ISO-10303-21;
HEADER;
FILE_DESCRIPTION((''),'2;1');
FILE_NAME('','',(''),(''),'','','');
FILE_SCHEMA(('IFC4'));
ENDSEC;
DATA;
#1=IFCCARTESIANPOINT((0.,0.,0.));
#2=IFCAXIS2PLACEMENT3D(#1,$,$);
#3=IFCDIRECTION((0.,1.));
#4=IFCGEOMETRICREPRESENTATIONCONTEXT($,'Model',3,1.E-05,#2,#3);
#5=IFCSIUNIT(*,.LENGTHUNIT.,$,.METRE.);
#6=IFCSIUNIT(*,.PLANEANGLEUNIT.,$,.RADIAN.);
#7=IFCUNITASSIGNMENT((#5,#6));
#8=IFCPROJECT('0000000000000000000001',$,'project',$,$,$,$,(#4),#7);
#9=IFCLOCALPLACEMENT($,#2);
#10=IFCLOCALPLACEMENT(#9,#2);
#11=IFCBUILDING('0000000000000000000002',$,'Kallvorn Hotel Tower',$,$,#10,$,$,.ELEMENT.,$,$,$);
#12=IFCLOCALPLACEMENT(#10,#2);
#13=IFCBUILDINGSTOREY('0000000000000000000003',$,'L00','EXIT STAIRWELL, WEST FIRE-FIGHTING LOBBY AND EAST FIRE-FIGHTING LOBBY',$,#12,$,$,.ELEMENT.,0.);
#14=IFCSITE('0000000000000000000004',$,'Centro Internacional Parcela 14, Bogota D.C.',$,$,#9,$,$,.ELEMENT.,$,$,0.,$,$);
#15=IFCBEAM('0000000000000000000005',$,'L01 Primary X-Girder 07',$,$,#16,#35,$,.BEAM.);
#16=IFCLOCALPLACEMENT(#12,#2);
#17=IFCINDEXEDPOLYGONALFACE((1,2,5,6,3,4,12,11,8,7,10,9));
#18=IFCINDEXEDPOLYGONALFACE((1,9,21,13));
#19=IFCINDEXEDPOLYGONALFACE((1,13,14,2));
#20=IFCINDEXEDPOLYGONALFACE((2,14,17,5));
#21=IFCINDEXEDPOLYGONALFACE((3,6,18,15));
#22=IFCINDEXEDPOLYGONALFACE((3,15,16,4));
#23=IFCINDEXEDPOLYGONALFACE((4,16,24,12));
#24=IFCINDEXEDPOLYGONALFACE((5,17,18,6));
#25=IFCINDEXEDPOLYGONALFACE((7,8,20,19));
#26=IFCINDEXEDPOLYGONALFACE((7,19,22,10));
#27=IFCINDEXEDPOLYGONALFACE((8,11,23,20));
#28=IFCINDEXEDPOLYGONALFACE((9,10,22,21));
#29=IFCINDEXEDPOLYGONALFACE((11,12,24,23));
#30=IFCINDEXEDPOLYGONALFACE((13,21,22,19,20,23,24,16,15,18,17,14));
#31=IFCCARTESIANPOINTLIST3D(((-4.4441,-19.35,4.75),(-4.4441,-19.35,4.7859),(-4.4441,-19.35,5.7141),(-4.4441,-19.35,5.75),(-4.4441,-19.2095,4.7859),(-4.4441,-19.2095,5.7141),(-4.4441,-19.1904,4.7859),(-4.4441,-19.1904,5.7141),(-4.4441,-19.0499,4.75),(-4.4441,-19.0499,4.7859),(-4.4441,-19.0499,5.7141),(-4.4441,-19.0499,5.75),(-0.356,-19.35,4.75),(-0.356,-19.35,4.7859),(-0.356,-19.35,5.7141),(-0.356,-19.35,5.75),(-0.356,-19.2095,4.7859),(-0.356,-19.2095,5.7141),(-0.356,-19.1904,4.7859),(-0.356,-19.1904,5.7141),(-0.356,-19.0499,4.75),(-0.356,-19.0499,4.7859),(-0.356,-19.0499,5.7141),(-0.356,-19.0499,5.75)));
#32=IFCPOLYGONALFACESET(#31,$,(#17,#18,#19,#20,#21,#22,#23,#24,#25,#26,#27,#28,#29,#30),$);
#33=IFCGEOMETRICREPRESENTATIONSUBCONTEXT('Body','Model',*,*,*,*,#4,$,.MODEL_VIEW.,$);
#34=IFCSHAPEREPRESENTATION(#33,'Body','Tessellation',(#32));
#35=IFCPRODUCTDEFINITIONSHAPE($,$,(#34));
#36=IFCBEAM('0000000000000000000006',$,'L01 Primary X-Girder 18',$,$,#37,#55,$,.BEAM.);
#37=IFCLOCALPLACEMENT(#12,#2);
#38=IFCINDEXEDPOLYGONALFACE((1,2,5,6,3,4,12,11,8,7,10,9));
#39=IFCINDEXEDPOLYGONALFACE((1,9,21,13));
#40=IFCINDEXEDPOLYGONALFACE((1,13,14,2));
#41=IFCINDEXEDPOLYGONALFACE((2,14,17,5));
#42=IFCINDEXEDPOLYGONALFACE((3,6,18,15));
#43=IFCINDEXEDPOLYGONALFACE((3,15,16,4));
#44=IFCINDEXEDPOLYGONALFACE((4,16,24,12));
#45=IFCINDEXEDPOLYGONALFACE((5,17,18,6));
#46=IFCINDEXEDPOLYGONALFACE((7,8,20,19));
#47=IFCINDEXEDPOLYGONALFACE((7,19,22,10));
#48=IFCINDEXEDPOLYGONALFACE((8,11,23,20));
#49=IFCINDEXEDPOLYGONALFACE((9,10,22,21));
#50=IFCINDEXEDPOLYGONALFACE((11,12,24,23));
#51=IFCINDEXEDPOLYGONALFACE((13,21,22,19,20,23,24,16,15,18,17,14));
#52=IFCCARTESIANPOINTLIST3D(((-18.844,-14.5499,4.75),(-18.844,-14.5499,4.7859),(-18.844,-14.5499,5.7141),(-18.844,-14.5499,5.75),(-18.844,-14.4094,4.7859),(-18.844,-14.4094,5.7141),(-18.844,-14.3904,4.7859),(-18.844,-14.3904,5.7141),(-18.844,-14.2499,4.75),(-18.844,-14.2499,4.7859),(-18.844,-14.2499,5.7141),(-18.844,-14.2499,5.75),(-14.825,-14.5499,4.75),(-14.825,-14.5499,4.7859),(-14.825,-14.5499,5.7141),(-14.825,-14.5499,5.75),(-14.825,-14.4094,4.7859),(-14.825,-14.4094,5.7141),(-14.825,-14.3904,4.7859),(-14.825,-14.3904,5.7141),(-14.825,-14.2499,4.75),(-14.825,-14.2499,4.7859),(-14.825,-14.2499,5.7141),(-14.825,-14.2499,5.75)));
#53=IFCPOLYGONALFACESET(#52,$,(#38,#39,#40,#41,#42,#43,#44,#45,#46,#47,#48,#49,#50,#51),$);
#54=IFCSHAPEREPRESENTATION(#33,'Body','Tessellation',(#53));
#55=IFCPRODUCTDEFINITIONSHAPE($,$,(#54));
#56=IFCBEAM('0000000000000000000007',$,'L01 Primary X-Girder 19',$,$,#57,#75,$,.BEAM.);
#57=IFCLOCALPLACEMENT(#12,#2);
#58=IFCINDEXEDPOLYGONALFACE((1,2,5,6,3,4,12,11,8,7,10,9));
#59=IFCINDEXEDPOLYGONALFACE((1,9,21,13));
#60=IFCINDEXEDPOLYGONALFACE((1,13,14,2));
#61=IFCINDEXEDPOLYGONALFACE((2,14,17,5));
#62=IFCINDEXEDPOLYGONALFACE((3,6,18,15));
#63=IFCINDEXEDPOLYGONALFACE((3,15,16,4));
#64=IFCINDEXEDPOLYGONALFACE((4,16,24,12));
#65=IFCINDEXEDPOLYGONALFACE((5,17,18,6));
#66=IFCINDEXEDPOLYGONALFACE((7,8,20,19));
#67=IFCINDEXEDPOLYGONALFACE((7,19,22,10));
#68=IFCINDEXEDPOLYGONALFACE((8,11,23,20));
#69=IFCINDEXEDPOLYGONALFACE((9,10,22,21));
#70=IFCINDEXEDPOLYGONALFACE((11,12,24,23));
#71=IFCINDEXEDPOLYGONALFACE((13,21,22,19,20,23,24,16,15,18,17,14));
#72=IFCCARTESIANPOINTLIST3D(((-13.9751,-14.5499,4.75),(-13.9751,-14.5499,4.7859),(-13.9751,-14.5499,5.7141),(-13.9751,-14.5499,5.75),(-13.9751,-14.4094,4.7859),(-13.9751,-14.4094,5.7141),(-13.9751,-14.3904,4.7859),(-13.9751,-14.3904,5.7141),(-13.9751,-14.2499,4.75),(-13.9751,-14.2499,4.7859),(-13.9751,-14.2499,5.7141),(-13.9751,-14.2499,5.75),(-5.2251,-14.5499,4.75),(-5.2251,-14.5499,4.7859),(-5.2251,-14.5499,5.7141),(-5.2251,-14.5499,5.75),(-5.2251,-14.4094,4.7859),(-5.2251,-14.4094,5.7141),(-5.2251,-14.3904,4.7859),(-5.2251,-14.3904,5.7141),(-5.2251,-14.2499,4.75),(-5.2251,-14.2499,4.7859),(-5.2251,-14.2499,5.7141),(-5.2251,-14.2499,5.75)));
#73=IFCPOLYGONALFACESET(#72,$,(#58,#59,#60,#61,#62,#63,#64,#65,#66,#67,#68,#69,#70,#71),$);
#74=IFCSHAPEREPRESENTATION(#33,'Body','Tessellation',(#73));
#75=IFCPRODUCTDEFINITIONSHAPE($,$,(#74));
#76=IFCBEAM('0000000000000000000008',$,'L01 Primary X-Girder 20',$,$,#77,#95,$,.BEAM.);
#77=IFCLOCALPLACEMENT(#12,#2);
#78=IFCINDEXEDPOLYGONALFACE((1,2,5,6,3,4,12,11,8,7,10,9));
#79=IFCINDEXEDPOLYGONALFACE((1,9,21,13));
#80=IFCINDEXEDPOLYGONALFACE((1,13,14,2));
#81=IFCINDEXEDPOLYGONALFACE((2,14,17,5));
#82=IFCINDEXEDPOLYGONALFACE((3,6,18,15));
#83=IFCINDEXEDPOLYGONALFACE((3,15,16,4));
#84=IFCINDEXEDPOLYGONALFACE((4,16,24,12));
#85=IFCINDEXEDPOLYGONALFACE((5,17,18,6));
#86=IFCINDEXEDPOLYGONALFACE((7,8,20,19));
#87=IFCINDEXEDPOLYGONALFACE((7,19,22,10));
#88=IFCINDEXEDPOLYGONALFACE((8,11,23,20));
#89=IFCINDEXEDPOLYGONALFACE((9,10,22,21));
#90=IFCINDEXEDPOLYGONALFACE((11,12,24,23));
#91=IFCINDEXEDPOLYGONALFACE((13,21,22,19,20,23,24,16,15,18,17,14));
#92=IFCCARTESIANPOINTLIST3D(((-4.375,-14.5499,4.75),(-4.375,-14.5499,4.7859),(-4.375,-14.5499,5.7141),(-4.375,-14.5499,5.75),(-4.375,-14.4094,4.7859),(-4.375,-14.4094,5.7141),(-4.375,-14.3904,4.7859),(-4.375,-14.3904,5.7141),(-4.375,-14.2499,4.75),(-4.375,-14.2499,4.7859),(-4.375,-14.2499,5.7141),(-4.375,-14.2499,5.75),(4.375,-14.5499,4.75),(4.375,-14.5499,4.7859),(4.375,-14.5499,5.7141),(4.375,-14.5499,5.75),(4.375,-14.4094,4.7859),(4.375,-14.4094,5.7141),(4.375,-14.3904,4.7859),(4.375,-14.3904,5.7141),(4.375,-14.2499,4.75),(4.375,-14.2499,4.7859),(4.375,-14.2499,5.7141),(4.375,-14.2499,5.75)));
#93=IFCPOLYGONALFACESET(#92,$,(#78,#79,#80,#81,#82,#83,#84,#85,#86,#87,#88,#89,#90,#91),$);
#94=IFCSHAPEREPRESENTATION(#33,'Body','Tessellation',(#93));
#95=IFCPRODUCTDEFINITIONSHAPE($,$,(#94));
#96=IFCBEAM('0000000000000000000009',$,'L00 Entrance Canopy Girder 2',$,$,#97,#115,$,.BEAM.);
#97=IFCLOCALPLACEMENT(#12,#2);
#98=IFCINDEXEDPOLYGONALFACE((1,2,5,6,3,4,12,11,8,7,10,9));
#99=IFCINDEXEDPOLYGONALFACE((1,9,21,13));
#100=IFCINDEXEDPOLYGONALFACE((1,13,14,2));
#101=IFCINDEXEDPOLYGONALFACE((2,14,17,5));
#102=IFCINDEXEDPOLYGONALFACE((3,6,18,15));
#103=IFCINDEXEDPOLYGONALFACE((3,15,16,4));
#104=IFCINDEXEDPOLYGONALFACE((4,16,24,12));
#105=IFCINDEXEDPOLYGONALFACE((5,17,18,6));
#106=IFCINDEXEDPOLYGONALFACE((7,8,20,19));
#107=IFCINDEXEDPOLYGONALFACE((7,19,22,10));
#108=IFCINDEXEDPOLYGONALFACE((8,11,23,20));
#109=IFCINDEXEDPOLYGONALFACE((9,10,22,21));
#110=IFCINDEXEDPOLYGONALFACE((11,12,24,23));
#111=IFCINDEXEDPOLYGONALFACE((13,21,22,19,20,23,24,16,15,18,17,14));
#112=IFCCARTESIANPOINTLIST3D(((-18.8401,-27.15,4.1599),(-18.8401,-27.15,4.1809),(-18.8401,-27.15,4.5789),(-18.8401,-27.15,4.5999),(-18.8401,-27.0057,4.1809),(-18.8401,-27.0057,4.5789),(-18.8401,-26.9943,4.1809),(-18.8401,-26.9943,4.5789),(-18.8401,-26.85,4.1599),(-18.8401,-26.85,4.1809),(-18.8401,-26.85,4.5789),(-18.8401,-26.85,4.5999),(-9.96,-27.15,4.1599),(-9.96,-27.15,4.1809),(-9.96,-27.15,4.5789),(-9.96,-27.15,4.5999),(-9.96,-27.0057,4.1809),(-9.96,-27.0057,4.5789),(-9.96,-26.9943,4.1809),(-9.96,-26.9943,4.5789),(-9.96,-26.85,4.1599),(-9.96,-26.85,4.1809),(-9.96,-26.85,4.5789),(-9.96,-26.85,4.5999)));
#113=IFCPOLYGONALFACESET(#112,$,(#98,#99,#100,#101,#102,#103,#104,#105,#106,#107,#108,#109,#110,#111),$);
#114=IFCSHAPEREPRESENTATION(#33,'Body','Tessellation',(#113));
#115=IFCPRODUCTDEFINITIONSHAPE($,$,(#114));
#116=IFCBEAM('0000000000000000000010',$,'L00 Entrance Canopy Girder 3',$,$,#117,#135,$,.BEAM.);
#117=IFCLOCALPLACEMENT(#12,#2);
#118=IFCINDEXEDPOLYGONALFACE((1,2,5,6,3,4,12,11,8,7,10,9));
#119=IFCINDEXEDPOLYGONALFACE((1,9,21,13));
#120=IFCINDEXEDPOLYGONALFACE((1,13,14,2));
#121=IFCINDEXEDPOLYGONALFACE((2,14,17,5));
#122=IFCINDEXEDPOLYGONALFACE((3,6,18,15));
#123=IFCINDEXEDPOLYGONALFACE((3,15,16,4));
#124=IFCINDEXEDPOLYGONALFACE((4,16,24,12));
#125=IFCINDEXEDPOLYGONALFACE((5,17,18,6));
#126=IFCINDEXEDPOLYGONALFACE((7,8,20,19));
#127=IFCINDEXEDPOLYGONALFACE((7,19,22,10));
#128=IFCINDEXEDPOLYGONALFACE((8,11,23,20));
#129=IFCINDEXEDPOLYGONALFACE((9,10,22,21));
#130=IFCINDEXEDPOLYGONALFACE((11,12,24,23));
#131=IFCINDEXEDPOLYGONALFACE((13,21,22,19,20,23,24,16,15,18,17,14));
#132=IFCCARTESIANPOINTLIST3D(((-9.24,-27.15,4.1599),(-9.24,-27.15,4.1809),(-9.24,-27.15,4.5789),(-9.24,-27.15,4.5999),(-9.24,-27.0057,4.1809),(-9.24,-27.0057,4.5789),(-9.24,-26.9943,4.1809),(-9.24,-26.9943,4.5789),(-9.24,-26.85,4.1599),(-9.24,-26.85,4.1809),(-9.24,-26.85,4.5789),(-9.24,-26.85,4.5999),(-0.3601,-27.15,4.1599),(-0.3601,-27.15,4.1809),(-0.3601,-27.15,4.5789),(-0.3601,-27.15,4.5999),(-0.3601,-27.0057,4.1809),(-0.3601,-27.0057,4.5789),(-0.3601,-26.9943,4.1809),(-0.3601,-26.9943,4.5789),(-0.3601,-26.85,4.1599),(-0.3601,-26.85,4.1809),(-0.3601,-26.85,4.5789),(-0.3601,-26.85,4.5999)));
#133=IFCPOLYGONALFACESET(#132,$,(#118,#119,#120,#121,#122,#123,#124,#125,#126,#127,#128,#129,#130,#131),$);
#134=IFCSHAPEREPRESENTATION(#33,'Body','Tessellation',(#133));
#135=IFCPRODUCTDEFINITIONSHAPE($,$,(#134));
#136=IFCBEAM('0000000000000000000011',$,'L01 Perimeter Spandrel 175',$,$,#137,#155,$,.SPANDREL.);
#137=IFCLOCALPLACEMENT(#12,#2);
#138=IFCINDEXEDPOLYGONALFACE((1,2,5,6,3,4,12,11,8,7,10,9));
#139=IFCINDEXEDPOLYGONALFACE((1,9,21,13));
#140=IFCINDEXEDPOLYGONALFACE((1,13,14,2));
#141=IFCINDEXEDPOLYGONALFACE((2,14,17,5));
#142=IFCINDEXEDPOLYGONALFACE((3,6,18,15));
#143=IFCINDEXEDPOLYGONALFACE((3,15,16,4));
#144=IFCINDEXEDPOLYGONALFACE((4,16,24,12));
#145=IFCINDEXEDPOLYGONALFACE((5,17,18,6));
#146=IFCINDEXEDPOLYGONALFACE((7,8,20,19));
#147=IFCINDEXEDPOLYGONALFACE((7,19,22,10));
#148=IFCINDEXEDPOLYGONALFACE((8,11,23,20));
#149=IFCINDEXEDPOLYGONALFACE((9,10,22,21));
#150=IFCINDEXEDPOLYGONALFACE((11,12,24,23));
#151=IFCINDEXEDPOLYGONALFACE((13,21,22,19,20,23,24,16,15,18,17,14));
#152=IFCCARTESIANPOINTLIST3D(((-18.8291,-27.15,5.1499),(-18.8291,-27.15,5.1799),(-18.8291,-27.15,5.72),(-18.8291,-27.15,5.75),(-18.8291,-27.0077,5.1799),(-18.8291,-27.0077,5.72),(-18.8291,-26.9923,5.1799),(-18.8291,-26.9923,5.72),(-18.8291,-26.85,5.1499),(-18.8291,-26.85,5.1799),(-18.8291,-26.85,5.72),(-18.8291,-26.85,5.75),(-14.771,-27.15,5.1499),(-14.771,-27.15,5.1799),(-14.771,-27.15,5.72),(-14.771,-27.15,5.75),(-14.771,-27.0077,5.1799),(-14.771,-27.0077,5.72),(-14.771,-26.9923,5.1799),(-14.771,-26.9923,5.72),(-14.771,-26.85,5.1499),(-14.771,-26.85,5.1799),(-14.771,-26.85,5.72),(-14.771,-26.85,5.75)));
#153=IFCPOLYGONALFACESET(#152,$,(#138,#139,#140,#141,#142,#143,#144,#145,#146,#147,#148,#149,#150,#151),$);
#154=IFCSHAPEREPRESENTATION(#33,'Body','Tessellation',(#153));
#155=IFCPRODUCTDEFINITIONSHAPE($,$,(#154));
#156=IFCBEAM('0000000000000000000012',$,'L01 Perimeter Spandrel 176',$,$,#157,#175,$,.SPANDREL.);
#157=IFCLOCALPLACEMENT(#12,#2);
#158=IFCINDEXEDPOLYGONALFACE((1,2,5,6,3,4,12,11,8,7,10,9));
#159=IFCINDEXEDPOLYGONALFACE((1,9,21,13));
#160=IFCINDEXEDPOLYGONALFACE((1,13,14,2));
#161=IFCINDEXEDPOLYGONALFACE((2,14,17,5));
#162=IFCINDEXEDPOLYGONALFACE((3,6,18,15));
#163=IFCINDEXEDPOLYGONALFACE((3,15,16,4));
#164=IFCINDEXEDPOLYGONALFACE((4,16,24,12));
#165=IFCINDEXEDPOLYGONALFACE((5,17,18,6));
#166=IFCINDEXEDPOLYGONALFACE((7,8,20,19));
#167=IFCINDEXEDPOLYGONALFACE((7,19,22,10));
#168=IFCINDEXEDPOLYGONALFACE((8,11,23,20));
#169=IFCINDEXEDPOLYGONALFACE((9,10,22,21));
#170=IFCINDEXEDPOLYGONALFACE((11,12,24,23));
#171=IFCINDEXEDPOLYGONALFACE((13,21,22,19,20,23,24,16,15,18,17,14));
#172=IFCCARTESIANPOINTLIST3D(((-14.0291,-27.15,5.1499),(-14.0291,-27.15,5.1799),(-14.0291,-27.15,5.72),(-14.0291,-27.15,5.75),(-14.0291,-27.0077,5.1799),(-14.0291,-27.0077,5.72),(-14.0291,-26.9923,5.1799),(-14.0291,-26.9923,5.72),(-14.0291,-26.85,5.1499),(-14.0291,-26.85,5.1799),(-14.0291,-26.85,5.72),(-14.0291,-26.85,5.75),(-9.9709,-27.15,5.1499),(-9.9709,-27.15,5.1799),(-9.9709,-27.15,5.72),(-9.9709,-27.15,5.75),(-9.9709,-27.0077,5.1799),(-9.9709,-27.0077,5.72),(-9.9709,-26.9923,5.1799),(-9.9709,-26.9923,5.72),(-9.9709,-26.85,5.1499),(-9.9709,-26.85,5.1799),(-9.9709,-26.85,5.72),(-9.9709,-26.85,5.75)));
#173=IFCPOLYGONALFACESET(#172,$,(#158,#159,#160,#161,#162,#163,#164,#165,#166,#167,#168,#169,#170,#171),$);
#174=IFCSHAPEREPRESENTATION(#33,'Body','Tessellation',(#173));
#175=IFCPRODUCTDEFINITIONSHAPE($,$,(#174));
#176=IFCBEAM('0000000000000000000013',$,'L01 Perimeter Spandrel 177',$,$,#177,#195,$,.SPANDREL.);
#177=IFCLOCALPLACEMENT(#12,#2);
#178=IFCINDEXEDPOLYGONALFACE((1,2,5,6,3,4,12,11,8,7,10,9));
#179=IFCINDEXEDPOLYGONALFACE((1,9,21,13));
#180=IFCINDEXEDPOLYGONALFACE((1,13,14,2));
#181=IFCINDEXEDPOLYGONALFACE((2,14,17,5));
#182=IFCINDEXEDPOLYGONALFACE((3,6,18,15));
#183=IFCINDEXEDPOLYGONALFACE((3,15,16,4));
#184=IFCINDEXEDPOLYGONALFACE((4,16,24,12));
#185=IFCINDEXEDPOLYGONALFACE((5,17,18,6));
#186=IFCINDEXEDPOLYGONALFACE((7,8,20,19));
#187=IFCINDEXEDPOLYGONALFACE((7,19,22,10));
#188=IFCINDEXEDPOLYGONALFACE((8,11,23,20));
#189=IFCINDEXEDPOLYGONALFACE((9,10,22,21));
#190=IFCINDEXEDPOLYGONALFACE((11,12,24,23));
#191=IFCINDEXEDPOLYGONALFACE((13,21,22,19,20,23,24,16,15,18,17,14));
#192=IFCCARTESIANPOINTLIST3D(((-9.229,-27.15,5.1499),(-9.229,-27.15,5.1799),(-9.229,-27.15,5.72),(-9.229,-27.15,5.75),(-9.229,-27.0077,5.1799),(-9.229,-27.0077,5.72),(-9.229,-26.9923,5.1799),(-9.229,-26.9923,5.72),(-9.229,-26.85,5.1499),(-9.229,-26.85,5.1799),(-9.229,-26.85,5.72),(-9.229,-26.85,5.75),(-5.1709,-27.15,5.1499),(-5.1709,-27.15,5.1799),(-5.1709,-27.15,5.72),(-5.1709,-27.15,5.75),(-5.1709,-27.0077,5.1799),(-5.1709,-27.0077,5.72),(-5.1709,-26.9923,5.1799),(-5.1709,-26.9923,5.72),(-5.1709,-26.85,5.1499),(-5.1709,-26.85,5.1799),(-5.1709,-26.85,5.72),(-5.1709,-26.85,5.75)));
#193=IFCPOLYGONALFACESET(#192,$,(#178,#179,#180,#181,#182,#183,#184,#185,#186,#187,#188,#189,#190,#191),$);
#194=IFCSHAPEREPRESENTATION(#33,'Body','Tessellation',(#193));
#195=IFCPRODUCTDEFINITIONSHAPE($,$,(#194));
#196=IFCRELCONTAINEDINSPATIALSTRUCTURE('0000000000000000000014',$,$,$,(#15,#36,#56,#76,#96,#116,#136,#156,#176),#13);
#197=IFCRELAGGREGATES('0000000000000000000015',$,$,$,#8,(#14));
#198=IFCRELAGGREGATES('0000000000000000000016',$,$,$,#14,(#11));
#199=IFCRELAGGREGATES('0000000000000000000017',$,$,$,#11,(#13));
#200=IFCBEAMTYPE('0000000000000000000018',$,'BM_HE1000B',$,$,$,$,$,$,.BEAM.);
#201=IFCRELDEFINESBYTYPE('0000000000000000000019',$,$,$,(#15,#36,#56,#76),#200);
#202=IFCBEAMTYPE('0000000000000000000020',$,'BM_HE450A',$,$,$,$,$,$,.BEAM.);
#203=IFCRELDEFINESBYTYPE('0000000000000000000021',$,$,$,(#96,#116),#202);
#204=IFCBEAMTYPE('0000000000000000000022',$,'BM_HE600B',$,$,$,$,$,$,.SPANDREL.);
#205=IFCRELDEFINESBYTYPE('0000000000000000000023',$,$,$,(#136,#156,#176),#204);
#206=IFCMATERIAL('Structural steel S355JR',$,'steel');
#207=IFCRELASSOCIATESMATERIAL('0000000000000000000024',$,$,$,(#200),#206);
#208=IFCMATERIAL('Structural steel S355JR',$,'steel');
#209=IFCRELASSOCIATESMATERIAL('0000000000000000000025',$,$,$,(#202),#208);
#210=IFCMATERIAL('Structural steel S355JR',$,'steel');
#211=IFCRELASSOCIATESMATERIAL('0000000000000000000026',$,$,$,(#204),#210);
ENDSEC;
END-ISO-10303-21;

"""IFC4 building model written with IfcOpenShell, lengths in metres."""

from ifc_helpers import new_model, si_unit, direction, frame, origin, origin_2d, place, context, subcontext, project, spatial, i_section, extrude, material, material_profile, profile_set, type_object, element, save


model = new_model("IFC4")

# Units and contexts
model_context = context("Model", 3, precision=1e-05, world=origin(), true_north=direction((0.0, 1.0)))
body_context = subcontext(model_context, "Body", "Model", "MODEL_VIEW")
ifc_project = project(units=[si_unit("LENGTHUNIT", "METRE"), si_unit("PLANEANGLEUNIT", "RADIAN")], contexts=[model_context])

# Site, building, storey
site_placement = place(None, origin())
site = spatial("IfcSite", under=ifc_project, at=site_placement, Name="Centro Internacional Parcela 14, Bogota D.C.", CompositionType="ELEMENT", RefElevation=0.0)
building_placement = place(site_placement, origin())
building = spatial("IfcBuilding", under=site, at=building_placement, Name="Kallvorn Hotel Tower", CompositionType="ELEMENT")
storey_placement = place(building_placement, origin())
storey = spatial("IfcBuildingStorey", under=building, at=storey_placement, Name="L00", Description="EXIT STAIRWELL, WEST FIRE-FIGHTING LOBBY AND EAST FIRE-FIGHTING LOBBY", CompositionType="ELEMENT", Elevation=0.0)

# Beams
ifc_material_1 = material(Name="Structural steel S355JR", Category="steel")
ifc_material_profile_1 = material_profile(ifc_material_1, i_section(OverallWidth=0.3, OverallDepth=1.0, WebThickness=0.019, FlangeThickness=0.0359, at=origin_2d()), Name="HE 1000 B")
ifc_profile_set_1 = profile_set([ifc_material_profile_1], Name="Structural steel S355JR")
beam_type_1 = type_object("IfcBeamType", Name="BM_HE1000B", PredefinedType="BEAM", material=ifc_profile_set_1)
beam_1_placement = place(storey_placement, frame((-4.4441, -19.2, 5.25), z_axis=(1.0, 0.0, 0.0), x_axis=(0.0, 1.0, 0.0)))
element("IfcBeam", 1, at=beam_1_placement, inside=storey, type_object=beam_type_1, Name="L01 Primary X-Girder 07", PredefinedType="BEAM", context=body_context, shape_type="SweptSolid", body=[
    extrude(i_section(OverallWidth=0.3, OverallDepth=1.0, WebThickness=0.019, FlangeThickness=0.0359, at=origin_2d()), origin(), (0.0, 0.0, 1.0), 4.0881),
])
beam_2_placement = place(storey_placement, frame((-18.844, -14.3999, 5.25), z_axis=(1.0, 0.0, 0.0), x_axis=(0.0, 1.0, 0.0)))
element("IfcBeam", 2, at=beam_2_placement, inside=storey, type_object=beam_type_1, Name="L01 Primary X-Girder 18", PredefinedType="BEAM", context=body_context, shape_type="SweptSolid", body=[
    extrude(i_section(OverallWidth=0.3, OverallDepth=1.0, WebThickness=0.019, FlangeThickness=0.0359, at=origin_2d()), origin(), (0.0, 0.0, 1.0), 4.019),
])
for number, where, z_axis, x_axis, name in (
    (3, (-13.9751, -14.3999, 5.25), (1.0, 0.0, 0.0), (0.0, 1.0, 0.0), "L01 Primary X-Girder 19"),
    (4, (-4.375, -14.3999, 5.25), (1.0, 0.0, 0.0), (0.0, 1.0, 0.0), "L01 Primary X-Girder 20"),
):
    element("IfcBeam", number, at=place(storey_placement, frame(where, z_axis=z_axis, x_axis=x_axis)), inside=storey, type_object=beam_type_1, Name=name, PredefinedType="BEAM", context=body_context, shape_type="SweptSolid", body=[
        extrude(i_section(OverallWidth=0.3, OverallDepth=1.0, WebThickness=0.019, FlangeThickness=0.0359, at=origin_2d()), origin(), (0.0, 0.0, 1.0), 8.75),
    ])
ifc_material_2 = material(Name="Structural steel S355JR", Category="steel")
ifc_material_profile_2 = material_profile(ifc_material_2, i_section(OverallWidth=0.3, OverallDepth=0.4399, WebThickness=0.0115, FlangeThickness=0.021, at=origin_2d()), Name="HE 450 A")
ifc_profile_set_2 = profile_set([ifc_material_profile_2], Name="Structural steel S355JR")
beam_type_2 = type_object("IfcBeamType", Name="BM_HE450A", PredefinedType="BEAM", material=ifc_profile_set_2)
beam_3_placement = place(storey_placement, frame((-18.8401, -27.0, 4.3799), z_axis=(1.0, 0.0, 0.0), x_axis=(0.0, 1.0, 0.0)))
element("IfcBeam", 5, at=beam_3_placement, inside=storey, type_object=beam_type_2, Name="L00 Entrance Canopy Girder 2", PredefinedType="BEAM", context=body_context, shape_type="SweptSolid", body=[
    extrude(i_section(OverallWidth=0.3, OverallDepth=0.4399, WebThickness=0.0115, FlangeThickness=0.021, at=origin_2d()), origin(), (0.0, 0.0, 1.0), 8.8801),
])
beam_4_placement = place(storey_placement, frame((-9.24, -27.0, 4.3799), z_axis=(1.0, 0.0, 0.0), x_axis=(0.0, 1.0, 0.0)))
element("IfcBeam", 6, at=beam_4_placement, inside=storey, type_object=beam_type_2, Name="L00 Entrance Canopy Girder 3", PredefinedType="BEAM", context=body_context, shape_type="SweptSolid", body=[
    extrude(i_section(OverallWidth=0.3, OverallDepth=0.4399, WebThickness=0.0115, FlangeThickness=0.021, at=origin_2d()), origin(), (0.0, 0.0, 1.0), 8.8799),
])
ifc_material_3 = material(Name="Structural steel S355JR", Category="steel")
ifc_material_profile_3 = material_profile(ifc_material_3, i_section(OverallWidth=0.3, OverallDepth=0.6001, WebThickness=0.0154, FlangeThickness=0.03, at=origin_2d()), Name="HE 600 B")
ifc_profile_set_3 = profile_set([ifc_material_profile_3], Name="Structural steel S355JR")
beam_type_3 = type_object("IfcBeamType", Name="BM_HE600B", PredefinedType="SPANDREL", material=ifc_profile_set_3)
for number, where, z_axis, x_axis, name in (
    (7, (-18.8291, -27.0, 5.45), (1.0, 0.0, 0.0), (0.0, 1.0, 0.0), "L01 Perimeter Spandrel 175"),
    (8, (-14.0291, -27.0, 5.45), (1.0, 0.0, 0.0), (0.0, 1.0, 0.0), "L01 Perimeter Spandrel 176"),
    (9, (-9.229, -27.0, 5.45), (1.0, 0.0, 0.0), (0.0, 1.0, 0.0), "L01 Perimeter Spandrel 177"),
):
    element("IfcBeam", number, at=place(storey_placement, frame(where, z_axis=z_axis, x_axis=x_axis)), inside=storey, type_object=beam_type_3, Name=name, PredefinedType="SPANDREL", context=body_context, shape_type="SweptSolid", body=[
        extrude(i_section(OverallWidth=0.3, OverallDepth=0.6001, WebThickness=0.0154, FlangeThickness=0.03, at=origin_2d()), origin(), (0.0, 0.0, 1.0), 4.0581),
    ])

save(model, "model.ifc")
